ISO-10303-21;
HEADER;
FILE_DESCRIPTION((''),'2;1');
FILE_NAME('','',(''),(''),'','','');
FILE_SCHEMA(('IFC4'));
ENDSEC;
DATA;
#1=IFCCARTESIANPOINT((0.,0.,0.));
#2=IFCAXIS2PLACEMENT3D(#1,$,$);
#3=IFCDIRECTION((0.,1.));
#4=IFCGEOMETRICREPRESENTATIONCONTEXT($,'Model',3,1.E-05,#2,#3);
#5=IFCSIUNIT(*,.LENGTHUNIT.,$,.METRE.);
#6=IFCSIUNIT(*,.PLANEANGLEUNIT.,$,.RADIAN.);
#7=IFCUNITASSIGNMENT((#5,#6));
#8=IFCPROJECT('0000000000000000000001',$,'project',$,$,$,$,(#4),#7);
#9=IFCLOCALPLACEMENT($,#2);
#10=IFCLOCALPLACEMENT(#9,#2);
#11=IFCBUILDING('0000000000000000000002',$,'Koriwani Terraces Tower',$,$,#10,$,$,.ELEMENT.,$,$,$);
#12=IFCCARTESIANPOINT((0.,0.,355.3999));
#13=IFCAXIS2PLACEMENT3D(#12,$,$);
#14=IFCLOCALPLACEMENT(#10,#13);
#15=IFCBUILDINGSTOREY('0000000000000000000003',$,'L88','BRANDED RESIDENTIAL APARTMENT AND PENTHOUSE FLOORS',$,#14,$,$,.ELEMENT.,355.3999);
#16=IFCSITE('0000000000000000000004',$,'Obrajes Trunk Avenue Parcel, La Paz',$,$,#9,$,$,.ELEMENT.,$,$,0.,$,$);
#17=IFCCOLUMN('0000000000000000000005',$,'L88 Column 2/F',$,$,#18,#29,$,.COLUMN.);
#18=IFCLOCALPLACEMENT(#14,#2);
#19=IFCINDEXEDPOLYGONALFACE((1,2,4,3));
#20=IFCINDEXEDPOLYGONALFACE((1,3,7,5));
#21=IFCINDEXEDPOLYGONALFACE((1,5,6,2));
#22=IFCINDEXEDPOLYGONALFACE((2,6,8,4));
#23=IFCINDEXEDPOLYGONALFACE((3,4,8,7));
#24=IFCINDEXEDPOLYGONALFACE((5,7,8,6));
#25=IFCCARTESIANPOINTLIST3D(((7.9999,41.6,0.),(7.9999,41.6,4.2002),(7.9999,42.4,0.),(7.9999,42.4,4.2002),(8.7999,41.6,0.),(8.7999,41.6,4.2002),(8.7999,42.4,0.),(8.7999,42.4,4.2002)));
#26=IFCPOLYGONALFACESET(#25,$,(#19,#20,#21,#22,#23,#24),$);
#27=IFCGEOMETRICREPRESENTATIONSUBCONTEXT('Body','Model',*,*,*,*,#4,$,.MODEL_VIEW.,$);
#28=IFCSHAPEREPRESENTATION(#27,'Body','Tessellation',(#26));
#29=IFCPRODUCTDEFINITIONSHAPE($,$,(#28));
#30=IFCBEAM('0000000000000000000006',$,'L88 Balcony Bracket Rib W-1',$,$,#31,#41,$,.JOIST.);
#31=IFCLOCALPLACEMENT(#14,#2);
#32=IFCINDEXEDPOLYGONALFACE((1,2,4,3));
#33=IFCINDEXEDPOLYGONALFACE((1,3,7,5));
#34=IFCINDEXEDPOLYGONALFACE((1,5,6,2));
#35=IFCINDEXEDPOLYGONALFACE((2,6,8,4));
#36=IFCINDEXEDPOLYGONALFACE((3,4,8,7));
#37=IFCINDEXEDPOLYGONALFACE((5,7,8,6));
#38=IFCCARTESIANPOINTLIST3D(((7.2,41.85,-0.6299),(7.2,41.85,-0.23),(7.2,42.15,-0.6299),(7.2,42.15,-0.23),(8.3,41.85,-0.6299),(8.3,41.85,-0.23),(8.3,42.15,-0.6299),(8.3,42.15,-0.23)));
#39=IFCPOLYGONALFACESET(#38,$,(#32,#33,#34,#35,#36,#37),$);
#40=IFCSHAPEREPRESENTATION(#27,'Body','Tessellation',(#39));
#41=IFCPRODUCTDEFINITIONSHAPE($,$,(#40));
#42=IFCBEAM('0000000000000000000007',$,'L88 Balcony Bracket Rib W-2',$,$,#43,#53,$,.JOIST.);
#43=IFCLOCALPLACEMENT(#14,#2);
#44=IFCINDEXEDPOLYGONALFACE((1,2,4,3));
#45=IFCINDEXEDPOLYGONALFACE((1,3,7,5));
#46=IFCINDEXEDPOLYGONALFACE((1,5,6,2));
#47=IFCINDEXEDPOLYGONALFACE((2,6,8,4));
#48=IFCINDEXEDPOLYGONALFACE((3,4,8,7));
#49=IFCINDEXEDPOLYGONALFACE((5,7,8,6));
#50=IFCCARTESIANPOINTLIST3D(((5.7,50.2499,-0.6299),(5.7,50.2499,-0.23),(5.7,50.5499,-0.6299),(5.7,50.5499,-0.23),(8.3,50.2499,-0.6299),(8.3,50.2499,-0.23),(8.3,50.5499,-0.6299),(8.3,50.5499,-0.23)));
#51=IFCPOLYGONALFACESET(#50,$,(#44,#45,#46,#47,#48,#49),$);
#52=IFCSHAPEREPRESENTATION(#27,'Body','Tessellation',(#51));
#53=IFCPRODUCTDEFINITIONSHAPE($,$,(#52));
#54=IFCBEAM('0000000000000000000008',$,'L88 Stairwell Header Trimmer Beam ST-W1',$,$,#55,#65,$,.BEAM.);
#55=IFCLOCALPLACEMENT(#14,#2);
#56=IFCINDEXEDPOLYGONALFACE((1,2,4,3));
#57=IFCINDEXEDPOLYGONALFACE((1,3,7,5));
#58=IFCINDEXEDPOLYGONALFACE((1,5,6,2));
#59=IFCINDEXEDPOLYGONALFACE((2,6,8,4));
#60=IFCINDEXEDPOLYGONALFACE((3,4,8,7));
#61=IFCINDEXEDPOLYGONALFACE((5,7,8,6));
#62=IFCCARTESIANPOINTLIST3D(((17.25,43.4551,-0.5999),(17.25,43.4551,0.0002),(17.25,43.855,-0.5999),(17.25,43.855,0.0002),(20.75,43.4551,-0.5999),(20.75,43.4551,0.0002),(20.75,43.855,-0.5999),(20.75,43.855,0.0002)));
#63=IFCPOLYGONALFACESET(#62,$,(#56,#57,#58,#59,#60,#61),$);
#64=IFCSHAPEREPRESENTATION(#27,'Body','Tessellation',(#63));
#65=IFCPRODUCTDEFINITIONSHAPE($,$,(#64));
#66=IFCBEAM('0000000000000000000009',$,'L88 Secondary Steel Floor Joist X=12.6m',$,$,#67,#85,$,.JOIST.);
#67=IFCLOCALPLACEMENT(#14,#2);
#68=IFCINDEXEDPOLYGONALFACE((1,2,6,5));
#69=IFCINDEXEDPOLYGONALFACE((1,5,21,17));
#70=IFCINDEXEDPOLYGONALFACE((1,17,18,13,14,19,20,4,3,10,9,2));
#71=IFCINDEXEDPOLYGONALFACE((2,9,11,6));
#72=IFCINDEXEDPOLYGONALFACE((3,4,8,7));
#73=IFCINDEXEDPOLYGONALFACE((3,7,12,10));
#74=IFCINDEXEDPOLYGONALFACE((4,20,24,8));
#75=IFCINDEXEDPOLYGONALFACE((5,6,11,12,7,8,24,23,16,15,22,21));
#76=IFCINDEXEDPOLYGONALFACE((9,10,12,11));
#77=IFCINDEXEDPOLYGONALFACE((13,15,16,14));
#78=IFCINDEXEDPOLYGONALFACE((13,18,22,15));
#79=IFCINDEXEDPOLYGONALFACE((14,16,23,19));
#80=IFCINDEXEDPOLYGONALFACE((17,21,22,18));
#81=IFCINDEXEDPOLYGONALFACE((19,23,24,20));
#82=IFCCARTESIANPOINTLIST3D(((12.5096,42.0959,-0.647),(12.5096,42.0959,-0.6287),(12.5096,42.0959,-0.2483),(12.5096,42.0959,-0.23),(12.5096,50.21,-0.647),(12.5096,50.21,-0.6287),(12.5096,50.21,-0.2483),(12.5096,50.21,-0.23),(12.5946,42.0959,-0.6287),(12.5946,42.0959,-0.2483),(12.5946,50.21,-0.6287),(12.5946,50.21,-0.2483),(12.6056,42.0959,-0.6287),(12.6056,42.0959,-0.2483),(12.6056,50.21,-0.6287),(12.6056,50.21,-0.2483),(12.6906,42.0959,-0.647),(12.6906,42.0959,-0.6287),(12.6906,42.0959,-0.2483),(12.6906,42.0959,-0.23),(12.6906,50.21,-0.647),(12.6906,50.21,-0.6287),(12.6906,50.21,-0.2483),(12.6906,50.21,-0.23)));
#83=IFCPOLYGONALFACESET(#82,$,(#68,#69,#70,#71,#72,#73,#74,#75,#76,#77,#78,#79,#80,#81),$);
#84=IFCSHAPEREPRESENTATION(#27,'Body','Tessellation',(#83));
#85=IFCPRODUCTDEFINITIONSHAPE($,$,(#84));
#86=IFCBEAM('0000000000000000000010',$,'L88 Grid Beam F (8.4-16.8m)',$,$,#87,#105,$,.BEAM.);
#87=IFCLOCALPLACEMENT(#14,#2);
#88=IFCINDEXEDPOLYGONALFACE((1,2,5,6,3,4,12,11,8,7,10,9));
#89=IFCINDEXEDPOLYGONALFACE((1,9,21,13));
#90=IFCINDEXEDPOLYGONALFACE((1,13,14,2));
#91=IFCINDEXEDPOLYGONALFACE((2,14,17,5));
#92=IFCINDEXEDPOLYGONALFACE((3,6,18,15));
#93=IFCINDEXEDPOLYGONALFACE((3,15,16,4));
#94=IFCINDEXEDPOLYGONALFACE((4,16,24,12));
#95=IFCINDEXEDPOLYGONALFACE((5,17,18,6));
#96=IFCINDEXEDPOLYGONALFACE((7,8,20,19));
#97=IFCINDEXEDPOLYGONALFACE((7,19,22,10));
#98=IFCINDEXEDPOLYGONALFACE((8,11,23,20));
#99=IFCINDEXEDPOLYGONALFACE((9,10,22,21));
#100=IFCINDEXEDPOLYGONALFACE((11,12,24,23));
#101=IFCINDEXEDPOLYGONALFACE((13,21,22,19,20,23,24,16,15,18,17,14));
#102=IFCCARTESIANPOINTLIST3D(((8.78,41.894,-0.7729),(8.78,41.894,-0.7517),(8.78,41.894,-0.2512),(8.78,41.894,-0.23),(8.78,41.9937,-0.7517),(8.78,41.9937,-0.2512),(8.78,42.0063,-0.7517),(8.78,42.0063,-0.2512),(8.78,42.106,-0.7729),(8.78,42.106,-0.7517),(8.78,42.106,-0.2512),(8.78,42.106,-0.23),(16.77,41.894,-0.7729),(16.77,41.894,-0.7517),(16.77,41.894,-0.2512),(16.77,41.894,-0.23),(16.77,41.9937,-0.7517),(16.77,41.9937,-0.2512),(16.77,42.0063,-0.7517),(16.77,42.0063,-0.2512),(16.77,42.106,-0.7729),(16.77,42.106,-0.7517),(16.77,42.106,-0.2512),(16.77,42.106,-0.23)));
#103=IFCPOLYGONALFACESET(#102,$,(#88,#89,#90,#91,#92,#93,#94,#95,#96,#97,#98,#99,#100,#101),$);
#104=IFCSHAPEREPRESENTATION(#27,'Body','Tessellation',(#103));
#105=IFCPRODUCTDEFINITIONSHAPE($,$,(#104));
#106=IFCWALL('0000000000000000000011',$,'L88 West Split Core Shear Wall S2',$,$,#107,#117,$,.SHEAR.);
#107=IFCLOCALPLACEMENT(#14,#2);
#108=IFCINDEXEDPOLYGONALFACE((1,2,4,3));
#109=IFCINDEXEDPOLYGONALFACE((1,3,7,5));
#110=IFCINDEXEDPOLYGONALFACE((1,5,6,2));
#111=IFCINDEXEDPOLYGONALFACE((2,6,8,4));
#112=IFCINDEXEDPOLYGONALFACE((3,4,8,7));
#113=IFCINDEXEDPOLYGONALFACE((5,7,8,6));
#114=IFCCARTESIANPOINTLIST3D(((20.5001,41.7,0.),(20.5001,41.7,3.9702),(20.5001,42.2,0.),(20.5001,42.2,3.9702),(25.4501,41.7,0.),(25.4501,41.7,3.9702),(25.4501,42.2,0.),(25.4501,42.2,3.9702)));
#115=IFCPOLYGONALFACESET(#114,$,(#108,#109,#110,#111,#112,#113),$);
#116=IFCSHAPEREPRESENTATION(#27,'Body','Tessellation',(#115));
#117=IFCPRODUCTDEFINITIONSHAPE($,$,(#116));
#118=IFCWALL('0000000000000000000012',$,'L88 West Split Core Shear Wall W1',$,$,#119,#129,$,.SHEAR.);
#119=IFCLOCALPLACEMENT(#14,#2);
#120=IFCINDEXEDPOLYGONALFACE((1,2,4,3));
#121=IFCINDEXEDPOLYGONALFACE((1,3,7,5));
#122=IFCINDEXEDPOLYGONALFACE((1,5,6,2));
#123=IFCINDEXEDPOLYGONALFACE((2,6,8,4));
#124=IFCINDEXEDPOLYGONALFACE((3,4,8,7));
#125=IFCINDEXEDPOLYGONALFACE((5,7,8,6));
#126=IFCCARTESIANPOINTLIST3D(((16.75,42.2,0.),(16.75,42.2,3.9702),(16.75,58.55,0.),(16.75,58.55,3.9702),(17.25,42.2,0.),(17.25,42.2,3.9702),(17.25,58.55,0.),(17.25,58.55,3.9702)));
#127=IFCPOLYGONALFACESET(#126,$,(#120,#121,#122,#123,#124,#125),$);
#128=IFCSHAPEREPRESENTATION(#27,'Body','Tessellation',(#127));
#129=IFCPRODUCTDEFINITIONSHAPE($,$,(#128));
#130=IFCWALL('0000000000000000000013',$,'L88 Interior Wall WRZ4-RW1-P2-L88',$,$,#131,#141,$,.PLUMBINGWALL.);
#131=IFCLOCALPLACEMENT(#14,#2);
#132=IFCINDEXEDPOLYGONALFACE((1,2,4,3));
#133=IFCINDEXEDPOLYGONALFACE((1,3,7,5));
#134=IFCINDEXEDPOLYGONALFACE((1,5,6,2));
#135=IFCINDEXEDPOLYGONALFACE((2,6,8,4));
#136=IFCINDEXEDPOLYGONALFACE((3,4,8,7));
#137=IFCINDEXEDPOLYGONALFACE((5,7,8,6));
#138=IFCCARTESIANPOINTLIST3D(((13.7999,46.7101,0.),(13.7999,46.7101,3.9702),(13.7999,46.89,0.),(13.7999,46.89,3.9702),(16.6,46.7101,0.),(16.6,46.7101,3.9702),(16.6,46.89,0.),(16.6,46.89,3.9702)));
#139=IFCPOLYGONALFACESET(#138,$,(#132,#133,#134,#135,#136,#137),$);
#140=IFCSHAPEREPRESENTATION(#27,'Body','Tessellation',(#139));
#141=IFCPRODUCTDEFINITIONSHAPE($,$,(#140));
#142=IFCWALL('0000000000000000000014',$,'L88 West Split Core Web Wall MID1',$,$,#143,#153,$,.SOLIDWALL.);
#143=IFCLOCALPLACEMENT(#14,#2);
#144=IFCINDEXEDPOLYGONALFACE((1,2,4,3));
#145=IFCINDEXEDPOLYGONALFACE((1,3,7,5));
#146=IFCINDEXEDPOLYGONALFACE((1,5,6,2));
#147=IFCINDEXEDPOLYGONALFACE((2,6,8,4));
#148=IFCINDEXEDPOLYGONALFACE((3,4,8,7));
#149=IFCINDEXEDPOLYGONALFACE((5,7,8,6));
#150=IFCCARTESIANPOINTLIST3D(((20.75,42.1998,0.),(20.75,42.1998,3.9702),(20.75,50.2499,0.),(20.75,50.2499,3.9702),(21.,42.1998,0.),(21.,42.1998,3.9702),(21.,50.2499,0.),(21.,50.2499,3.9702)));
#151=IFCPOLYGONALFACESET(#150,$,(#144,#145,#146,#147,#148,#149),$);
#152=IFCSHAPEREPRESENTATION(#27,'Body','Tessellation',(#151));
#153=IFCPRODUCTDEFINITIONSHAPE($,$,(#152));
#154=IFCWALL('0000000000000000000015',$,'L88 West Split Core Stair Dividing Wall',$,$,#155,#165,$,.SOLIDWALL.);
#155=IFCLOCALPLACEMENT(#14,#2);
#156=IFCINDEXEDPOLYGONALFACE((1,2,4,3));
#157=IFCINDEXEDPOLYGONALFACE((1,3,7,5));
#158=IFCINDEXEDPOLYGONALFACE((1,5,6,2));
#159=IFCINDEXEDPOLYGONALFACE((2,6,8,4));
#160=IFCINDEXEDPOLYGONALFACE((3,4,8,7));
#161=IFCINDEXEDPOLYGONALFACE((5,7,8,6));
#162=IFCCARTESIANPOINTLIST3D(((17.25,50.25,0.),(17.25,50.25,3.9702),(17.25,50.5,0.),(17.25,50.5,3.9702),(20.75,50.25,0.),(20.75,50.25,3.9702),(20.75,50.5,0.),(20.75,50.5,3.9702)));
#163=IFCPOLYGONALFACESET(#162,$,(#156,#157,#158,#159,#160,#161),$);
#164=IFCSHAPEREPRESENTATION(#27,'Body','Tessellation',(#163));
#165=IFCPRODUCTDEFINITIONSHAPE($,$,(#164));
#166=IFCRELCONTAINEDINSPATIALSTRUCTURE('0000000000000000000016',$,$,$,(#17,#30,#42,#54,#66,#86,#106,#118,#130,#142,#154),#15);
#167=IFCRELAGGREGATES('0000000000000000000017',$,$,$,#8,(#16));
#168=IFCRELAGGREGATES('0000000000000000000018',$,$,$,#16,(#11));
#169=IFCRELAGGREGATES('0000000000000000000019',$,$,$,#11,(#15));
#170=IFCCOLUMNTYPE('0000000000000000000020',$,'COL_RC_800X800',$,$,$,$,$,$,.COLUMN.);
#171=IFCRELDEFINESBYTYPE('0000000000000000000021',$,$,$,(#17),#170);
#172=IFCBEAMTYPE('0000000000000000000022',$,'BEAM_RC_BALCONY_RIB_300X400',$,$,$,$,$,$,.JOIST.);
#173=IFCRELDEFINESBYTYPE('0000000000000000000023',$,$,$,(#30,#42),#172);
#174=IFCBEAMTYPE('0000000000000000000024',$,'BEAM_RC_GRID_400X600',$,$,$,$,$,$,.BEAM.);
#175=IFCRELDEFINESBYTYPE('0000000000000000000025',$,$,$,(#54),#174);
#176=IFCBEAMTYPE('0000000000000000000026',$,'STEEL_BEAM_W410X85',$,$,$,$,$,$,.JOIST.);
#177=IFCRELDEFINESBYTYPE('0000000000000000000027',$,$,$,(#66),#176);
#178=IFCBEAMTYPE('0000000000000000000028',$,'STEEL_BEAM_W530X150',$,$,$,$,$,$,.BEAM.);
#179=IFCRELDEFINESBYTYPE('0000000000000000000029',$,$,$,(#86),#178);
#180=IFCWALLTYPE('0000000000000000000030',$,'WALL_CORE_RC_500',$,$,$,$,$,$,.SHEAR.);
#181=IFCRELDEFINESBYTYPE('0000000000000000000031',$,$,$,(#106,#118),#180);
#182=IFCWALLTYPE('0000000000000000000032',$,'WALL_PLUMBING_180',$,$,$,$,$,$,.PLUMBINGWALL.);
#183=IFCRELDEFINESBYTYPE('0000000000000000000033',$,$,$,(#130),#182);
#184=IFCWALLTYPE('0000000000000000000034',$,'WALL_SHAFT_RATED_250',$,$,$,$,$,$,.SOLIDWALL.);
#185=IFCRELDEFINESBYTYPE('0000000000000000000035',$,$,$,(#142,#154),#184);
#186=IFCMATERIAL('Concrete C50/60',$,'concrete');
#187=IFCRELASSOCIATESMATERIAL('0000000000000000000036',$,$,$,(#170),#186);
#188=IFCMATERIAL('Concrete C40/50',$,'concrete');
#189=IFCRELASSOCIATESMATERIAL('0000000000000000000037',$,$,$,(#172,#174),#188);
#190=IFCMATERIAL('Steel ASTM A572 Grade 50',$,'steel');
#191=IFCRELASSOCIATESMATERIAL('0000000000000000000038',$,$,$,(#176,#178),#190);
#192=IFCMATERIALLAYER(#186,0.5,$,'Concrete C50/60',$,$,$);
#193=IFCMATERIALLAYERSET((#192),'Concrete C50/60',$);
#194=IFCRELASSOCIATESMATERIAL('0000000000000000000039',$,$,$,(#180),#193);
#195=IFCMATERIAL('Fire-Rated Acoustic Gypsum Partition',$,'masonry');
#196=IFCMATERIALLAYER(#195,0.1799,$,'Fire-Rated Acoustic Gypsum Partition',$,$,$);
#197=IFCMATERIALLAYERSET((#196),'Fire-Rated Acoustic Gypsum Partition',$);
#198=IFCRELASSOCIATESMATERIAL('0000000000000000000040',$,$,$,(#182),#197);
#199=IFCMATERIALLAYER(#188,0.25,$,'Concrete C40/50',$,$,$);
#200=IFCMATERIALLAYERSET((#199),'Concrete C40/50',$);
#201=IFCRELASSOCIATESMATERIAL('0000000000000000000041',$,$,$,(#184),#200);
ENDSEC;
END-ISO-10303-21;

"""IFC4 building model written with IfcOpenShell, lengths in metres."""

from ifc_helpers import new_model, si_unit, direction, frame, frame_2d, origin, origin_2d, place, context, subcontext, project, spatial, rectangle, i_section, extrude, material, layer, layer_set, material_profile, profile_set, type_object, element, save


model = new_model("IFC4")

# Units and contexts
model_context = context("Model", 3, precision=1e-05, world=origin(), true_north=direction((0.0, 1.0)))
body_context = subcontext(model_context, "Body", "Model", "MODEL_VIEW")
ifc_project = project(units=[si_unit("LENGTHUNIT", "METRE"), si_unit("PLANEANGLEUNIT", "RADIAN")], contexts=[model_context])

# Site, building, storey
site_placement = place(None, origin())
site = spatial("IfcSite", under=ifc_project, at=site_placement, Name="Obrajes Trunk Avenue Parcel, La Paz", CompositionType="ELEMENT", RefElevation=0.0)
building_placement = place(site_placement, origin())
building = spatial("IfcBuilding", under=site, at=building_placement, Name="Koriwani Terraces Tower", CompositionType="ELEMENT")
storey_placement = place(building_placement, frame((0.0, 0.0, 355.3999)))
storey = spatial("IfcBuildingStorey", under=building, at=storey_placement, Name="L88", Description="BRANDED RESIDENTIAL APARTMENT AND PENTHOUSE FLOORS", CompositionType="ELEMENT", Elevation=355.3999)

# Column
ifc_material_1 = material(Name="Concrete C50/60", Category="concrete")
ifc_material_profile_1 = material_profile(ifc_material_1, rectangle(XDim=0.8, YDim=0.8, at=origin_2d()), Name="Concrete C50/60", Category="LoadBearing")
ifc_profile_set_1 = profile_set([ifc_material_profile_1], Name="Concrete C50/60")
column_type = type_object("IfcColumnType", Name="COL_RC_800X800", PredefinedType="COLUMN", material=ifc_profile_set_1)
column_placement = place(storey_placement, frame((8.3999, 42.0, 0.0), z_axis=(0.0, 0.0, 1.0), x_axis=(1.0, 0.0, 0.0)))
element("IfcColumn", 1, at=column_placement, inside=storey, type_object=column_type, Name="L88 Column 2/F", PredefinedType="COLUMN", context=body_context, shape_type="SweptSolid", body=[
    extrude(rectangle(XDim=0.8, YDim=0.8, at=origin_2d()), origin(), (0.0, 0.0, 1.0), 4.2002),
])

# Beams
ifc_material_2 = material(Name="Concrete C40/50", Category="concrete")
ifc_material_profile_2 = material_profile(ifc_material_2, rectangle(XDim=0.3, YDim=0.3999, at=origin_2d()), Name="Concrete C40/50", Category="LoadBearing")
ifc_profile_set_2 = profile_set([ifc_material_profile_2], Name="Concrete C40/50")
beam_type_1 = type_object("IfcBeamType", Name="BEAM_RC_BALCONY_RIB_300X400", PredefinedType="JOIST", material=ifc_profile_set_2)
beam_1_placement = place(storey_placement, frame((7.2, 42.0, -0.4299), z_axis=(1.0, 0.0, 0.0), x_axis=(0.0, 1.0, 0.0)))
element("IfcBeam", 2, at=beam_1_placement, inside=storey, type_object=beam_type_1, Name="L88 Balcony Bracket Rib W-1", PredefinedType="JOIST", context=body_context, shape_type="SweptSolid", body=[
    extrude(rectangle(XDim=0.3, YDim=0.3999, at=origin_2d()), origin(), (0.0, 0.0, 1.0), 1.1001),
])
beam_2_placement = place(storey_placement, frame((5.7, 50.3999, -0.4299), z_axis=(1.0, 0.0, 0.0), x_axis=(0.0, 1.0, 0.0)))
element("IfcBeam", 3, at=beam_2_placement, inside=storey, type_object=beam_type_1, Name="L88 Balcony Bracket Rib W-2", PredefinedType="JOIST", context=body_context, shape_type="SweptSolid", body=[
    extrude(rectangle(XDim=0.3, YDim=0.3999, at=origin_2d()), origin(), (0.0, 0.0, 1.0), 2.6001),
])
ifc_material_profile_3 = material_profile(ifc_material_2, rectangle(XDim=0.3999, YDim=0.6001, at=origin_2d()), Name="Concrete C40/50", Category="LoadBearing")
ifc_profile_set_3 = profile_set([ifc_material_profile_3], Name="Concrete C40/50")
beam_type_2 = type_object("IfcBeamType", Name="BEAM_RC_GRID_400X600", PredefinedType="BEAM", material=ifc_profile_set_3)
beam_3_placement = place(storey_placement, frame((17.25, 43.655, -0.2998), z_axis=(1.0, 0.0, 0.0), x_axis=(0.0, 1.0, 0.0)))
element("IfcBeam", 4, at=beam_3_placement, inside=storey, type_object=beam_type_2, Name="L88 Stairwell Header Trimmer Beam ST-W1", PredefinedType="BEAM", context=body_context, shape_type="SweptSolid", body=[
    extrude(rectangle(XDim=0.3999, YDim=0.6001, at=origin_2d()), origin(), (0.0, 0.0, 1.0), 3.5),
])
ifc_material_3 = material(Name="Steel ASTM A572 Grade 50", Category="steel")
ifc_material_profile_4 = material_profile(ifc_material_3, i_section(OverallWidth=0.1809, OverallDepth=0.417, WebThickness=0.011, FlangeThickness=0.0183, at=origin_2d()), Name="Steel ASTM A572 Grade 50", Category="LoadBearing")
ifc_profile_set_4 = profile_set([ifc_material_profile_4], Name="Steel ASTM A572 Grade 50")
beam_type_3 = type_object("IfcBeamType", Name="STEEL_BEAM_W410X85", PredefinedType="JOIST", material=ifc_profile_set_4)
beam_4_placement = place(storey_placement, frame((12.6001, 42.0959, -0.4385), z_axis=(0.0, 1.0, 0.0), x_axis=(-1.0, 0.0, 0.0)))
element("IfcBeam", 5, at=beam_4_placement, inside=storey, type_object=beam_type_3, Name="L88 Secondary Steel Floor Joist X=12.6m", PredefinedType="JOIST", context=body_context, shape_type="SweptSolid", body=[
    extrude(i_section(OverallWidth=0.1809, OverallDepth=0.417, WebThickness=0.011, FlangeThickness=0.0183, at=origin_2d()), origin(), (0.0, 0.0, 1.0), 8.114),
])
ifc_material_profile_5 = material_profile(ifc_material_3, i_section(OverallWidth=0.2119, OverallDepth=0.543, WebThickness=0.0127, FlangeThickness=0.0212, at=origin_2d()), Name="Steel ASTM A572 Grade 50", Category="LoadBearing")
ifc_profile_set_5 = profile_set([ifc_material_profile_5], Name="Steel ASTM A572 Grade 50")
beam_type_4 = type_object("IfcBeamType", Name="STEEL_BEAM_W530X150", PredefinedType="BEAM", material=ifc_profile_set_5)
beam_5_placement = place(storey_placement, frame((8.78, 42.0, -0.5015), z_axis=(1.0, 0.0, 0.0), x_axis=(0.0, 1.0, 0.0)))
element("IfcBeam", 6, at=beam_5_placement, inside=storey, type_object=beam_type_4, Name="L88 Grid Beam F (8.4-16.8m)", PredefinedType="BEAM", context=body_context, shape_type="SweptSolid", body=[
    extrude(i_section(OverallWidth=0.2119, OverallDepth=0.543, WebThickness=0.0127, FlangeThickness=0.0212, at=origin_2d()), origin(), (0.0, 0.0, 1.0), 7.99),
])

# Walls
ifc_layer_1 = layer(ifc_material_1, 0.5, Name="Concrete C50/60")
ifc_layer_set_1 = layer_set([ifc_layer_1], Name="Concrete C50/60")
wall_type_1 = type_object("IfcWallType", Name="WALL_CORE_RC_500", PredefinedType="SHEAR", material=ifc_layer_set_1)
wall_1_placement = place(storey_placement, frame((20.5, 41.95, 0.0), z_axis=(0.0, 0.0, 1.0), x_axis=(1.0, 0.0, 0.0)))
element("IfcWall", 7, at=wall_1_placement, inside=storey, type_object=wall_type_1, Name="L88 West Split Core Shear Wall S2", PredefinedType="SHEAR", context=body_context, shape_type="SweptSolid", body=[
    extrude(rectangle(XDim=4.95, YDim=0.5, at=frame_2d((2.4751, 0.0))), origin(), (0.0, 0.0, 1.0), 3.9702),
])
wall_2_placement = place(storey_placement, frame((17.0, 42.2, 0.0), z_axis=(0.0, 0.0, 1.0), x_axis=(0.0, 1.0, 0.0)))
element("IfcWall", 8, at=wall_2_placement, inside=storey, type_object=wall_type_1, Name="L88 West Split Core Shear Wall W1", PredefinedType="SHEAR", context=body_context, shape_type="SweptSolid", body=[
    extrude(rectangle(XDim=16.3501, YDim=0.5, at=frame_2d((8.175, 0.0))), origin(), (0.0, 0.0, 1.0), 3.9702),
])
ifc_material_4 = material(Name="Fire-Rated Acoustic Gypsum Partition", Category="masonry")
ifc_layer_2 = layer(ifc_material_4, 0.1799, Name="Fire-Rated Acoustic Gypsum Partition")
ifc_layer_set_2 = layer_set([ifc_layer_2], Name="Fire-Rated Acoustic Gypsum Partition")
wall_type_2 = type_object("IfcWallType", Name="WALL_PLUMBING_180", PredefinedType="PLUMBINGWALL", material=ifc_layer_set_2)
wall_3_placement = place(storey_placement, frame((13.8, 46.8, 0.0), z_axis=(0.0, 0.0, 1.0), x_axis=(1.0, 0.0, 0.0)))
element("IfcWall", 9, at=wall_3_placement, inside=storey, type_object=wall_type_2, Name="L88 Interior Wall WRZ4-RW1-P2-L88", PredefinedType="PLUMBINGWALL", context=body_context, shape_type="SweptSolid", body=[
    extrude(rectangle(XDim=2.8, YDim=0.1799, at=frame_2d((1.3999, 0.0))), origin(), (0.0, 0.0, 1.0), 3.9702),
])
ifc_layer_3 = layer(ifc_material_2, 0.25, Name="Concrete C40/50")
ifc_layer_set_3 = layer_set([ifc_layer_3], Name="Concrete C40/50")
wall_type_3 = type_object("IfcWallType", Name="WALL_SHAFT_RATED_250", PredefinedType="SOLIDWALL", material=ifc_layer_set_3)
wall_4_placement = place(storey_placement, frame((20.875, 42.2, 0.0), z_axis=(0.0, 0.0, 1.0), x_axis=(0.0, 1.0, 0.0)))
element("IfcWall", 10, at=wall_4_placement, inside=storey, type_object=wall_type_3, Name="L88 West Split Core Web Wall MID1", PredefinedType="SOLIDWALL", context=body_context, shape_type="SweptSolid", body=[
    extrude(rectangle(XDim=8.05, YDim=0.25, at=frame_2d((4.0249, 0.0))), origin(), (0.0, 0.0, 1.0), 3.9702),
])
wall_5_placement = place(storey_placement, frame((17.25, 50.375, 0.0), z_axis=(0.0, 0.0, 1.0), x_axis=(1.0, 0.0, 0.0)))
element("IfcWall", 11, at=wall_5_placement, inside=storey, type_object=wall_type_3, Name="L88 West Split Core Stair Dividing Wall", PredefinedType="SOLIDWALL", context=body_context, shape_type="SweptSolid", body=[
    extrude(rectangle(XDim=3.5, YDim=0.25, at=frame_2d((1.75, 0.0))), origin(), (0.0, 0.0, 1.0), 3.9702),
])

save(model, "model.ifc")
